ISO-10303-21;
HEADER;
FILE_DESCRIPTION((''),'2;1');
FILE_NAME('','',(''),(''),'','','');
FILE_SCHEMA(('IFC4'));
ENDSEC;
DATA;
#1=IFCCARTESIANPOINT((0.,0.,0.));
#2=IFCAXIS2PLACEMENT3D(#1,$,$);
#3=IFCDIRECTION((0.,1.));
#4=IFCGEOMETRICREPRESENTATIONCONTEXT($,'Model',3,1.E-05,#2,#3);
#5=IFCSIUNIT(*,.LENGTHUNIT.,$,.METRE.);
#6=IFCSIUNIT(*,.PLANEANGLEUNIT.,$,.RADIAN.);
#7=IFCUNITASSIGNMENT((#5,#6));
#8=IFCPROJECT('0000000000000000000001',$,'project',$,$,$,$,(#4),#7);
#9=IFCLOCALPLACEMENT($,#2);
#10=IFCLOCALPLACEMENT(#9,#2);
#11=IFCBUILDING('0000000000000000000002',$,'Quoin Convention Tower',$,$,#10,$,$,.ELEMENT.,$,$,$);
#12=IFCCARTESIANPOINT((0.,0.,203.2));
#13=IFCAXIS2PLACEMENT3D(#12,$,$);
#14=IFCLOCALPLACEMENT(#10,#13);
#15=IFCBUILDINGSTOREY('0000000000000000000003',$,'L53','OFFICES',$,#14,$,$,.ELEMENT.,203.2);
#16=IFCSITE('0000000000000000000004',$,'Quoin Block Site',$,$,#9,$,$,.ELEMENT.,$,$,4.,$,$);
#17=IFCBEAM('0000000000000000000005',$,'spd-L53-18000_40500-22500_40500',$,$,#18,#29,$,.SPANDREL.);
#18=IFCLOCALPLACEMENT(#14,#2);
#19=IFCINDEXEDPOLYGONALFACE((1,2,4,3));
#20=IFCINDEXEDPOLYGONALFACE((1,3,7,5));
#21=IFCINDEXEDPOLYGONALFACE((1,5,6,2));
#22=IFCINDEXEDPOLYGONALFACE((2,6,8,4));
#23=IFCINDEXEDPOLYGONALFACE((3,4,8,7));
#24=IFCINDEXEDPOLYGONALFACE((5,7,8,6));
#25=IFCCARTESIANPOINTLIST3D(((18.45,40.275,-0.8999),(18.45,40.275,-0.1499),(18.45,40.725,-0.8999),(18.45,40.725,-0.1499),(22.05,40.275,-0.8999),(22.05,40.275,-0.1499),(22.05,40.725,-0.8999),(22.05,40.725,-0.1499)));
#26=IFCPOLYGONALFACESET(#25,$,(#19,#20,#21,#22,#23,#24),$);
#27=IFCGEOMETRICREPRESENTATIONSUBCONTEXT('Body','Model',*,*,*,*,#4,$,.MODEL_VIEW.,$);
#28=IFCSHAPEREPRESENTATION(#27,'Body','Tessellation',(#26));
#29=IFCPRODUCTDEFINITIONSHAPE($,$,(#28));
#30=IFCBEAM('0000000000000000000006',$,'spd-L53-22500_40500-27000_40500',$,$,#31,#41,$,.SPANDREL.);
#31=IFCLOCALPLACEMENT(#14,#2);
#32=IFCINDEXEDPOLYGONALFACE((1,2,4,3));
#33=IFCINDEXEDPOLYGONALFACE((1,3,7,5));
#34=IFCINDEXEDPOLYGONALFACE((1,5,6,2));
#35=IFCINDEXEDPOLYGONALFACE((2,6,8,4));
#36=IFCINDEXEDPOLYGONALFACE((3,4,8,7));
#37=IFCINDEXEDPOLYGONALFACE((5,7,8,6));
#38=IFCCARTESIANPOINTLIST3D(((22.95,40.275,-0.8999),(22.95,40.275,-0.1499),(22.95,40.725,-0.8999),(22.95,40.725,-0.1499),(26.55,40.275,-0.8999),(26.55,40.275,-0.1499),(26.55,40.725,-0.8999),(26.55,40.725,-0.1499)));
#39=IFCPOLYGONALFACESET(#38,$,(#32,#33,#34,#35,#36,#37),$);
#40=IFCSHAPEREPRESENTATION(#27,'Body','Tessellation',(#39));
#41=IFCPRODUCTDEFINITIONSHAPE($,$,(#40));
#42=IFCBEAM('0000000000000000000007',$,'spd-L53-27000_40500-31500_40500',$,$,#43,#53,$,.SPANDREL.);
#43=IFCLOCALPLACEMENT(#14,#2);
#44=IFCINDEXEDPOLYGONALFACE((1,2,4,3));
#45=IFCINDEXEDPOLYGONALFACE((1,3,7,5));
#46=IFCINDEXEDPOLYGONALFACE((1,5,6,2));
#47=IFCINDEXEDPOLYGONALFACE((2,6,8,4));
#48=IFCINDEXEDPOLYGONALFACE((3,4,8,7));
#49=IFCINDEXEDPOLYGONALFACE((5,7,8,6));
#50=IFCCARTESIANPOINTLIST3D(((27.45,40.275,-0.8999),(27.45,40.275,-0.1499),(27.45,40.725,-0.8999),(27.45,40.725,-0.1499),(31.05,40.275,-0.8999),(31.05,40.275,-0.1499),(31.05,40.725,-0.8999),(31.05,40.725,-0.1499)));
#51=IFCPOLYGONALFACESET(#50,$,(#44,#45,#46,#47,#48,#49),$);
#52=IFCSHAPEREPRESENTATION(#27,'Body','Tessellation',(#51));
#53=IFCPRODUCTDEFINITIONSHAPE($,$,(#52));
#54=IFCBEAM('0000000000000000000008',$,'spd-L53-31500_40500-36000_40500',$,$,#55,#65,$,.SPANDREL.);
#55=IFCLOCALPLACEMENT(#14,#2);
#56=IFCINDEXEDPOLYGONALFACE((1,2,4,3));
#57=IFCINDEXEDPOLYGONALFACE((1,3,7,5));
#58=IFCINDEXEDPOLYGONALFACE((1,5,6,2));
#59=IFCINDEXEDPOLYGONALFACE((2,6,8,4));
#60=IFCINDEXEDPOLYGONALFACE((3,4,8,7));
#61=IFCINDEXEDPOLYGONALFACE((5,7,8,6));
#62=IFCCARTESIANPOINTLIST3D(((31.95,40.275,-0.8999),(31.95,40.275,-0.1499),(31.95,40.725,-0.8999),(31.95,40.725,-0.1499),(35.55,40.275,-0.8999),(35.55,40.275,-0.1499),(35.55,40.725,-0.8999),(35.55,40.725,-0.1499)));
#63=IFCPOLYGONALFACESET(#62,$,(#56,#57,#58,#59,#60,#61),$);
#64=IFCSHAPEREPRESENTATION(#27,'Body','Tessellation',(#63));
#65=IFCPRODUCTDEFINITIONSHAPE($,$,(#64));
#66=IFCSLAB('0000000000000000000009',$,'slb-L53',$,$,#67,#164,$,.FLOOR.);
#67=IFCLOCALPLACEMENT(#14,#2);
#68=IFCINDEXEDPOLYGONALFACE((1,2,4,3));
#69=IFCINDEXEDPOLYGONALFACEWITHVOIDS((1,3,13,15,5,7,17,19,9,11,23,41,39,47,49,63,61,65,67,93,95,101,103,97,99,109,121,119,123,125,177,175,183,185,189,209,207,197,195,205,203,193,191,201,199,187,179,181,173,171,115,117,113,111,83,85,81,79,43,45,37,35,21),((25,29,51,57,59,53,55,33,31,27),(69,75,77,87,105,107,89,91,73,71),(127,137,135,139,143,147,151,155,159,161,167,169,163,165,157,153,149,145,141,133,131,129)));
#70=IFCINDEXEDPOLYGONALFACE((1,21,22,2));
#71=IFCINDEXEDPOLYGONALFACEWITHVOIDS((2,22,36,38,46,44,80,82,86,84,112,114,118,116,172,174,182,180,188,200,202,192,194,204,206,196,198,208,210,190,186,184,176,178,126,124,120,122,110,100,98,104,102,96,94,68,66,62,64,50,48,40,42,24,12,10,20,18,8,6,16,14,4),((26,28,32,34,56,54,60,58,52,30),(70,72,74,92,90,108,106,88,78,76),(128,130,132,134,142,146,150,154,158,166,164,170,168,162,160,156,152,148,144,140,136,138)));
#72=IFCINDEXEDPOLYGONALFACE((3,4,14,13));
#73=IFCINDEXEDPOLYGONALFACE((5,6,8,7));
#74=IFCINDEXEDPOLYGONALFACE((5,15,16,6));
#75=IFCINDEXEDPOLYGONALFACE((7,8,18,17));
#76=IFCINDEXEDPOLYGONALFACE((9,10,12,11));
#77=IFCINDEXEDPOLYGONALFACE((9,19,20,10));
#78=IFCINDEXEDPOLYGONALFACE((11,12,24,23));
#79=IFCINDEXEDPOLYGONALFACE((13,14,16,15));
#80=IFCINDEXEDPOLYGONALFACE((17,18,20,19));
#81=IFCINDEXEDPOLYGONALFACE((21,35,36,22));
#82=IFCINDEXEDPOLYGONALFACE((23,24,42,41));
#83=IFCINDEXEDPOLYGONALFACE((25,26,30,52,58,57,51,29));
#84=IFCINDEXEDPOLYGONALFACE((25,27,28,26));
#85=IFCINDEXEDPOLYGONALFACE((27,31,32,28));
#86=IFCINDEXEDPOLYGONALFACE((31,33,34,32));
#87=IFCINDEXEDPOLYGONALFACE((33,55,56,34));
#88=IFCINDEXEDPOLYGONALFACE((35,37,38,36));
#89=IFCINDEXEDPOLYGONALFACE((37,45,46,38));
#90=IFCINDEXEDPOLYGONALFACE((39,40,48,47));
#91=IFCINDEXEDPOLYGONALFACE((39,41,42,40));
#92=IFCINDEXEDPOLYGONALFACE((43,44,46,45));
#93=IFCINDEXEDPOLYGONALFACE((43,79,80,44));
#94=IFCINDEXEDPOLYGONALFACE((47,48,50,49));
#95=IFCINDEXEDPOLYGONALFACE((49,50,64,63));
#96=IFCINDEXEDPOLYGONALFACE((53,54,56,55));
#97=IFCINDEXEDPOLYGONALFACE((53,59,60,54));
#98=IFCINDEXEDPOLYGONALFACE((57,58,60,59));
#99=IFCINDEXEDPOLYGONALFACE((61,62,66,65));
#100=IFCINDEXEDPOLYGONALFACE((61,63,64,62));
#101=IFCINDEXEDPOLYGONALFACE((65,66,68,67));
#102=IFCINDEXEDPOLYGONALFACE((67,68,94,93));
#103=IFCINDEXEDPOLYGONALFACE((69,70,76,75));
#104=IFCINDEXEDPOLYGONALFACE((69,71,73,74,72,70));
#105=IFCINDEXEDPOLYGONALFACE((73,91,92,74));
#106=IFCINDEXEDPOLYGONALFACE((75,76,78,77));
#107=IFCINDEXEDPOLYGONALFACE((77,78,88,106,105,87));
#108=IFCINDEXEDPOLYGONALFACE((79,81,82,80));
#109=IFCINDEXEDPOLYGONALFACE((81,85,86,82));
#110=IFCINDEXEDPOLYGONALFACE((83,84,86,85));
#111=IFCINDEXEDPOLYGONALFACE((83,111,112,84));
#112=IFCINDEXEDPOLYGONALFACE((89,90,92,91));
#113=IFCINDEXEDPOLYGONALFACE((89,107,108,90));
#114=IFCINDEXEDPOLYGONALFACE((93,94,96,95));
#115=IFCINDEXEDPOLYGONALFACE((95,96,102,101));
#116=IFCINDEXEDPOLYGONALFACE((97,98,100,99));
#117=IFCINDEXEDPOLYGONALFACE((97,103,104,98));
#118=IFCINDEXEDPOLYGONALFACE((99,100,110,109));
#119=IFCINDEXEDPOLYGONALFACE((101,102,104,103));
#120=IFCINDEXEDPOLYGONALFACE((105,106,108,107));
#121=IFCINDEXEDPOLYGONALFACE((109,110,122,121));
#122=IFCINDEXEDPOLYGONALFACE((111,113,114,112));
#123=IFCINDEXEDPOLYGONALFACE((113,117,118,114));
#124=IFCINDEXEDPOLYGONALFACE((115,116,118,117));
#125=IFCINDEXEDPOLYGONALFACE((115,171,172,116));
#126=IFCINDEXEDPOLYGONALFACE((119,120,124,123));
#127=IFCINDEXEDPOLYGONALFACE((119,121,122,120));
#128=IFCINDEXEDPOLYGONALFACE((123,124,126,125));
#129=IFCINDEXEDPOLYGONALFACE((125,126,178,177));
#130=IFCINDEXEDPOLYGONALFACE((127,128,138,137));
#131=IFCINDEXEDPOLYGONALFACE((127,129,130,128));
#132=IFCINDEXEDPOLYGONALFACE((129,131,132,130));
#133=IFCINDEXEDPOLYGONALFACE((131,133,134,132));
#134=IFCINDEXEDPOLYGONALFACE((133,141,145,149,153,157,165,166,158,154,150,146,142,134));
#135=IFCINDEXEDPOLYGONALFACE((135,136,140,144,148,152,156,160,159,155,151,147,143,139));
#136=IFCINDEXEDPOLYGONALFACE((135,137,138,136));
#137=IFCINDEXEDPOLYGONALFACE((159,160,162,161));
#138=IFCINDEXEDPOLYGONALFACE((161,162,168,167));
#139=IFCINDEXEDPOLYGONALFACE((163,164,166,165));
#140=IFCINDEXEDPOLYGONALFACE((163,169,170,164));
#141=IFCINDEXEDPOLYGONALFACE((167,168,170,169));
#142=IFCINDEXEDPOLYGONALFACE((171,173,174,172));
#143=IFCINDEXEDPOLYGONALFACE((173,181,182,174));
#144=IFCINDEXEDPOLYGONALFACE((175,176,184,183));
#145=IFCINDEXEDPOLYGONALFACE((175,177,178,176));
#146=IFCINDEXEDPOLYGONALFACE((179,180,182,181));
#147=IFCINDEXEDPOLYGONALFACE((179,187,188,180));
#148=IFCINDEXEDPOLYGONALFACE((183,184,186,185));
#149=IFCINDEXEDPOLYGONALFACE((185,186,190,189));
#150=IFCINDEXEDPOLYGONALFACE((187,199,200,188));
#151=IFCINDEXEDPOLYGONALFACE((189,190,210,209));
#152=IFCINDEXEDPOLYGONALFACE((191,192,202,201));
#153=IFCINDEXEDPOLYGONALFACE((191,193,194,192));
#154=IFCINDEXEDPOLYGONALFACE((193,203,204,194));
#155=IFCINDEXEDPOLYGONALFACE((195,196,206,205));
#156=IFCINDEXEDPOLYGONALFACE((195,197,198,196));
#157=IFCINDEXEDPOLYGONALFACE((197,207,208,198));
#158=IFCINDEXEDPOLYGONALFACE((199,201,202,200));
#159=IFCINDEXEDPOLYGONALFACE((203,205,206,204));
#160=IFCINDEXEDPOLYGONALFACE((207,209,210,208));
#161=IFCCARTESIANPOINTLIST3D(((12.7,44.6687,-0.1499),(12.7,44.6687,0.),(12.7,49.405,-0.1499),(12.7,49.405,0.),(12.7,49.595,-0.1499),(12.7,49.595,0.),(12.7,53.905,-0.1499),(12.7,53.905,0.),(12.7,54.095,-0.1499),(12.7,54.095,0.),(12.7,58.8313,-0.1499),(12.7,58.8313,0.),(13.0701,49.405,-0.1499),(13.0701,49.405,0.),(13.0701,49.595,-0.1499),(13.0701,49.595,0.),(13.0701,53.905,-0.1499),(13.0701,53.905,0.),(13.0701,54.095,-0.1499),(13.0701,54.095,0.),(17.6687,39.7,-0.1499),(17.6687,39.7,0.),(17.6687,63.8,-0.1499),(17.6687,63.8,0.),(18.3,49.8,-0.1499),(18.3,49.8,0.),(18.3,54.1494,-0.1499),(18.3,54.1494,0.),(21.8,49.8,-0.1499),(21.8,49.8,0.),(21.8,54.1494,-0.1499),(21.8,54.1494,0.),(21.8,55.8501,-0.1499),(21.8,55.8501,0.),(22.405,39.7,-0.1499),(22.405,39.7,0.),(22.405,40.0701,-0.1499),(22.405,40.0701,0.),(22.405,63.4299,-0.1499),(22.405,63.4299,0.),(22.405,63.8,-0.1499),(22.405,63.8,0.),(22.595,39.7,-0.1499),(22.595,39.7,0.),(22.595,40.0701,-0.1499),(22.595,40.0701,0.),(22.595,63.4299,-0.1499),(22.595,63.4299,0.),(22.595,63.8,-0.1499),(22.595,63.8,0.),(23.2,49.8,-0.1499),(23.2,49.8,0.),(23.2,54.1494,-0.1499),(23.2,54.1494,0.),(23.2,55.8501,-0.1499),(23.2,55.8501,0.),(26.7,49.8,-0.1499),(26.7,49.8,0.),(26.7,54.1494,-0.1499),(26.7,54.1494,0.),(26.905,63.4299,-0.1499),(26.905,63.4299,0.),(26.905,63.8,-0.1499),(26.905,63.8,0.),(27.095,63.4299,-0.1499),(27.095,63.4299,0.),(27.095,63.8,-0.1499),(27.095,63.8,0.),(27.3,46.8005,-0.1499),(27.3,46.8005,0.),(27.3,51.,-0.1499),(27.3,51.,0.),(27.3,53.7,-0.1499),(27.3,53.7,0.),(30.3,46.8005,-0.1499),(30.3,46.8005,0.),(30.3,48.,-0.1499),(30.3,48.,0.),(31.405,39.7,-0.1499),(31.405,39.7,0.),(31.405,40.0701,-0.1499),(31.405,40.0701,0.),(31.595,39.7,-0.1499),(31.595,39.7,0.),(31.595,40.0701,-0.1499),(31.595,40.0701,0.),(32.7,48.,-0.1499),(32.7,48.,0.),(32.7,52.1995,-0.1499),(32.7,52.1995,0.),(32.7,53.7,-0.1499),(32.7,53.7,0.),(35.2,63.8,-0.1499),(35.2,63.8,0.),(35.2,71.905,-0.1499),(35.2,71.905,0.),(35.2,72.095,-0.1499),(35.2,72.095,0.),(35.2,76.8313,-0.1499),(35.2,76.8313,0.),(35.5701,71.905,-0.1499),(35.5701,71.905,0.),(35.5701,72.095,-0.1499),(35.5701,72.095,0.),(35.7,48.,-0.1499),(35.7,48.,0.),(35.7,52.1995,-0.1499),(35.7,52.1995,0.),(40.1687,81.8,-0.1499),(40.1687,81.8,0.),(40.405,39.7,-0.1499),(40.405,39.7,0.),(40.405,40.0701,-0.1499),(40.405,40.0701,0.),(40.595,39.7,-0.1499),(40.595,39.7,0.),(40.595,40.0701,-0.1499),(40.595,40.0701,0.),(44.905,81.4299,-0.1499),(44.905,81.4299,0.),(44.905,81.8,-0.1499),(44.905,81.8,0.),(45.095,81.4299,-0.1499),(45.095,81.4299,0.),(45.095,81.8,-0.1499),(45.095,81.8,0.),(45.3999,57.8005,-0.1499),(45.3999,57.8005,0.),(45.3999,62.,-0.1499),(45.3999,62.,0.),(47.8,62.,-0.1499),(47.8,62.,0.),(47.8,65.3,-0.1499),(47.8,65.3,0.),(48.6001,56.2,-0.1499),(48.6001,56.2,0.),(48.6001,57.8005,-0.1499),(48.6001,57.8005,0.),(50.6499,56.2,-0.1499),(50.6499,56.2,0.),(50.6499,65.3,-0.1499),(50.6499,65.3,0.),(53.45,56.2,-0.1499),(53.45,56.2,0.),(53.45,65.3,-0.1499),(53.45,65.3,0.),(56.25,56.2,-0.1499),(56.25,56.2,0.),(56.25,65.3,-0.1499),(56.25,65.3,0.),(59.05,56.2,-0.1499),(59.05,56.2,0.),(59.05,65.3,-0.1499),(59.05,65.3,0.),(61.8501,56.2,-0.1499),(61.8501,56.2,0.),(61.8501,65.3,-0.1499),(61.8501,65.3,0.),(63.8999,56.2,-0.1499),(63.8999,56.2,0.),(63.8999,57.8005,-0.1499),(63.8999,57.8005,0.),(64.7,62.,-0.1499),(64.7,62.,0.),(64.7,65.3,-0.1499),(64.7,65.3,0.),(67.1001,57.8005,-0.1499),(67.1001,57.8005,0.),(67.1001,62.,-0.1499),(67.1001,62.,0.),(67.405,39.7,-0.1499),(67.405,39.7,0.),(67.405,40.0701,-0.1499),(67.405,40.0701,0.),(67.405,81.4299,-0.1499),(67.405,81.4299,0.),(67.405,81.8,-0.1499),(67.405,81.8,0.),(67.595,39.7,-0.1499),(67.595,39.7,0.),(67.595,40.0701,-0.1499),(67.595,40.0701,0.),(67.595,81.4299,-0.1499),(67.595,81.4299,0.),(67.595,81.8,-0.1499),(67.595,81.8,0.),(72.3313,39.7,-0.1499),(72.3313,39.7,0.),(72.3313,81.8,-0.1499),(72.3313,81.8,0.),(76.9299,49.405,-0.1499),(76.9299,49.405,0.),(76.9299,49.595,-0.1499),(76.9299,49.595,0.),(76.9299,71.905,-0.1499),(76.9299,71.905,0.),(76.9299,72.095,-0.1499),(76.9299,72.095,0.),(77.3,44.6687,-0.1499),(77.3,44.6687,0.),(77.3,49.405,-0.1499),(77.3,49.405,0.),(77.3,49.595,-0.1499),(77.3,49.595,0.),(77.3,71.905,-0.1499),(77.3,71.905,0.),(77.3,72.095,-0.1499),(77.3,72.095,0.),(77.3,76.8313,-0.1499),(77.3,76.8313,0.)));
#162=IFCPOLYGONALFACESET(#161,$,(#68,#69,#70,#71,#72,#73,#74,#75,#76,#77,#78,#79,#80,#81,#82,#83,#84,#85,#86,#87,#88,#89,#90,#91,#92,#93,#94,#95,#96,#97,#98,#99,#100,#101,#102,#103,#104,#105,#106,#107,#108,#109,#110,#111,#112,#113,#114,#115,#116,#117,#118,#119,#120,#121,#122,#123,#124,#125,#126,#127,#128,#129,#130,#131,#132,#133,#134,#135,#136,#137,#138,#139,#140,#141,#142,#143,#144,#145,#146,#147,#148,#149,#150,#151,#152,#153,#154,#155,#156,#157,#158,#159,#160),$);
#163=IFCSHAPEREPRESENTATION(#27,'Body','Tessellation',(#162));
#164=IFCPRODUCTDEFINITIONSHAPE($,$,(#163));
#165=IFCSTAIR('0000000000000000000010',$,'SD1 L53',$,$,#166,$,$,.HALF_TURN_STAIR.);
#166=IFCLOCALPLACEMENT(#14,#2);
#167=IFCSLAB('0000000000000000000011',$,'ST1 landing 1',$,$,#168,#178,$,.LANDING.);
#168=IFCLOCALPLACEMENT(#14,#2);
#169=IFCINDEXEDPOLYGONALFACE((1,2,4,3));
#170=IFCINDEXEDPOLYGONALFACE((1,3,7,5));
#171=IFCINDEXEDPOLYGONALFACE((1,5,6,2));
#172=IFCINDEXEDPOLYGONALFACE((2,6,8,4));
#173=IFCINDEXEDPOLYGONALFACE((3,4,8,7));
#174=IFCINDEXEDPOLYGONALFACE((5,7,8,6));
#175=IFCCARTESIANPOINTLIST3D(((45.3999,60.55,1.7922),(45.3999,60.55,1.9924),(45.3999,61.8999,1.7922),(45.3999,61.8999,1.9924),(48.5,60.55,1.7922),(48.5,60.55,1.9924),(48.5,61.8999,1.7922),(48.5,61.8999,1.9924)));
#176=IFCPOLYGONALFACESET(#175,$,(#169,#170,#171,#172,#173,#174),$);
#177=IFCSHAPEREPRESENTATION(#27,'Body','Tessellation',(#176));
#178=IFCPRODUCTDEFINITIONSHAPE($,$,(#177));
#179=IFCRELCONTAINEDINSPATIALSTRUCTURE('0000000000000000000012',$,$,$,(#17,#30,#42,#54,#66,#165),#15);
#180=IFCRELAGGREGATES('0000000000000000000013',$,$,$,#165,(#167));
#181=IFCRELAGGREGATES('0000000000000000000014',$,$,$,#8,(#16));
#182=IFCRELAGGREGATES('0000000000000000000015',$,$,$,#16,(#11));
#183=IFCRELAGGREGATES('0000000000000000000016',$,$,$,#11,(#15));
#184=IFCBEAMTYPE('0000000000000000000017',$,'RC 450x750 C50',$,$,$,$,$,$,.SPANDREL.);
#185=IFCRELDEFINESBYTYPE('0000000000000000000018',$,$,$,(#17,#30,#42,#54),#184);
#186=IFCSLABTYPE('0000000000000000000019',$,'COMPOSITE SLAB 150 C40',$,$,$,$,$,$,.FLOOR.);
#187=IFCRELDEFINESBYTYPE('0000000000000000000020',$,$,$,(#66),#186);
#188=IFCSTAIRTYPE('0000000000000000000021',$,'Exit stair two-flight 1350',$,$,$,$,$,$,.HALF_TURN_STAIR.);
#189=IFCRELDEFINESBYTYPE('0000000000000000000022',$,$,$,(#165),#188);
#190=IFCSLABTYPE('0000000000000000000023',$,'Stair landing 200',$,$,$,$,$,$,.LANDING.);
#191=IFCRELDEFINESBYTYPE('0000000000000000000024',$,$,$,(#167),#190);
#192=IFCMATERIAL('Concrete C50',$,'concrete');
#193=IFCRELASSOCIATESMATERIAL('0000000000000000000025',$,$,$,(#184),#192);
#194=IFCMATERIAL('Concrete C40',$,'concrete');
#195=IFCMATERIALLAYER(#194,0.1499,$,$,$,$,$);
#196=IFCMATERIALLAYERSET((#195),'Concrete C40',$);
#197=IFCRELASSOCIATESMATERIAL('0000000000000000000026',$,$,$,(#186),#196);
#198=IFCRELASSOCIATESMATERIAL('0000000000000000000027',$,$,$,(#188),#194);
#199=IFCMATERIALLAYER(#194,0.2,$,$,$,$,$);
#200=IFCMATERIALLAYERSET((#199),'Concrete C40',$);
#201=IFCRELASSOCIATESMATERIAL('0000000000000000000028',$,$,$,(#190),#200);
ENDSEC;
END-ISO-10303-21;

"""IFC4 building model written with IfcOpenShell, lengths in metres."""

from ifc_helpers import new_model, si_unit, direction, frame, origin, origin_2d, place, context, subcontext, project, spatial, polyline, rectangle, outline, extrude, material, layer, layer_set, material_profile, profile_set, type_object, element, aggregate, save


model = new_model("IFC4")

# Units and contexts
model_context = context("Model", 3, precision=1e-05, world=origin(), true_north=direction((0.0, 1.0)))
body_context = subcontext(model_context, "Body", "Model", "MODEL_VIEW")
ifc_project = project(units=[si_unit("LENGTHUNIT", "METRE"), si_unit("PLANEANGLEUNIT", "RADIAN")], contexts=[model_context])

# Site, building, storey
site_placement = place(None, origin())
site = spatial("IfcSite", under=ifc_project, at=site_placement, Name="Quoin Block Site", CompositionType="ELEMENT", RefElevation=4.0)
building_placement = place(site_placement, origin())
building = spatial("IfcBuilding", under=site, at=building_placement, Name="Quoin Convention Tower", CompositionType="ELEMENT")
storey_placement = place(building_placement, frame((0.0, 0.0, 203.2)))
storey = spatial("IfcBuildingStorey", under=building, at=storey_placement, Name="L53", Description="OFFICES", CompositionType="ELEMENT", Elevation=203.2)

# Shared definitions
ifc_material_1 = material(Name="Concrete C50", Category="concrete")

# Beams
ifc_material_profile_1 = material_profile(ifc_material_1, rectangle(XDim=0.45, YDim=0.75, at=origin_2d()), Name="RC 450x750")
ifc_profile_set_1 = profile_set([ifc_material_profile_1], Name="Concrete C50")
beam_type = type_object("IfcBeamType", Name="RC 450x750 C50", PredefinedType="SPANDREL", material=ifc_profile_set_1)
for number, where, z_axis, x_axis, name in (
    (1, (18.45, 40.5, -0.5249), (1.0, 0.0, 0.0), (0.0, 1.0, 0.0), "spd-L53-18000_40500-22500_40500"),
    (2, (22.95, 40.5, -0.5249), (1.0, 0.0, 0.0), (0.0, 1.0, 0.0), "spd-L53-22500_40500-27000_40500"),
    (3, (27.45, 40.5, -0.5249), (1.0, 0.0, 0.0), (0.0, 1.0, 0.0), "spd-L53-27000_40500-31500_40500"),
    (4, (31.95, 40.5, -0.5249), (1.0, 0.0, 0.0), (0.0, 1.0, 0.0), "spd-L53-31500_40500-36000_40500"),
):
    element("IfcBeam", number, at=place(storey_placement, frame(where, z_axis=z_axis, x_axis=x_axis)), inside=storey, type_object=beam_type, Name=name, PredefinedType="SPANDREL", context=body_context, shape_type="SweptSolid", body=[
        extrude(rectangle(XDim=0.45, YDim=0.75, at=origin_2d()), origin(), (0.0, 0.0, 1.0), 3.6001),
    ])

# Slab
ifc_material_2 = material(Name="Concrete C40", Category="concrete")
ifc_layer_1 = layer(ifc_material_2, 0.1499)
ifc_layer_set_1 = layer_set([ifc_layer_1], Name="Concrete C40")
slab_type_1 = type_object("IfcSlabType", Name="COMPOSITE SLAB 150 C40", PredefinedType="FLOOR", material=ifc_layer_set_1)
slab_1_placement = place(storey_placement, frame((0.0, 0.0, -0.1499)))
element("IfcSlab", 5, at=slab_1_placement, inside=storey, type_object=slab_type_1, Name="slb-L53", PredefinedType="FLOOR", context=body_context, shape_type="SweptSolid", body=[
    extrude(outline(polyline([(12.7, 44.6687), (12.7, 49.405), (13.0701, 49.405), (13.0701, 49.595), (12.7, 49.595), (12.7, 53.905), (13.0701, 53.905), (13.0701, 54.095), (12.7, 54.095), (12.7, 58.8313), (17.6687, 63.8), (22.405, 63.8), (22.405, 63.4299), (22.595, 63.4299), (22.595, 63.8), (26.905, 63.8), (26.905, 63.4299), (27.095, 63.4299), (27.095, 63.8), (35.2, 63.8), (35.2, 71.905), (35.5701, 71.905), (35.5701, 72.095), (35.2, 72.095), (35.2, 76.8313), (40.1687, 81.8), (44.905, 81.8), (44.905, 81.4299), (45.095, 81.4299), (45.095, 81.8), (67.405, 81.8), (67.405, 81.4299), (67.595, 81.4299), (67.595, 81.8), (72.3313, 81.8), (77.3, 76.8313), (77.3, 72.095), (76.9299, 72.095), (76.9299, 71.905), (77.3, 71.905), (77.3, 49.595), (76.9299, 49.595), (76.9299, 49.405), (77.3, 49.405), (77.3, 44.6687), (72.3313, 39.7), (67.595, 39.7), (67.595, 40.0701), (67.405, 40.0701), (67.405, 39.7), (40.595, 39.7), (40.595, 40.0701), (40.405, 40.0701), (40.405, 39.7), (31.595, 39.7), (31.595, 40.0701), (31.405, 40.0701), (31.405, 39.7), (22.595, 39.7), (22.595, 40.0701), (22.405, 40.0701), (22.405, 39.7), (17.6687, 39.7), (12.7, 44.6687)]), holes=[polyline([(27.3, 46.8005), (30.3, 46.8005), (30.3, 48.0), (32.7, 48.0), (35.7, 48.0), (35.7, 52.1995), (32.7, 52.1995), (32.7, 53.7), (27.3, 53.7), (27.3, 51.0), (27.3, 46.8005)]), polyline([(21.8, 49.8), (23.2, 49.8), (26.7, 49.8), (26.7, 54.1494), (23.2, 54.1494), (23.2, 55.8501), (21.8, 55.8501), (21.8, 54.1494), (18.3, 54.1494), (18.3, 49.8), (21.8, 49.8)]), polyline([(50.6499, 56.2), (53.45, 56.2), (56.25, 56.2), (59.05, 56.2), (61.8501, 56.2), (63.8999, 56.2), (63.8999, 57.8005), (67.1001, 57.8005), (67.1001, 62.0), (64.7, 62.0), (64.7, 65.3), (61.8501, 65.3), (59.05, 65.3), (56.25, 65.3), (53.45, 65.3), (50.6499, 65.3), (47.8, 65.3), (47.8, 62.0), (45.3999, 62.0), (45.3999, 57.8005), (48.6001, 57.8005), (48.6001, 56.2), (50.6499, 56.2)])]), origin(), (0.0, 0.0, 1.0), 0.1499),
])

# Stair, slab
stair_type_1 = type_object("IfcStairType", Name="Exit stair two-flight 1350", PredefinedType="HALF_TURN_STAIR", material=ifc_material_2)
stair_1_placement = place(storey_placement, origin())
stair_1 = element("IfcStair", 6, at=stair_1_placement, inside=storey, type_object=stair_type_1, Name="SD1 L53", PredefinedType="HALF_TURN_STAIR")
ifc_layer_2 = layer(ifc_material_2, 0.2)
ifc_layer_set_2 = layer_set([ifc_layer_2], Name="Concrete C40")
slab_type_2 = type_object("IfcSlabType", Name="Stair landing 200", PredefinedType="LANDING", material=ifc_layer_set_2)
slab_2_placement = place(storey_placement, frame((0.0, 0.0, 1.7922)))
slab_2 = element("IfcSlab", 7, at=slab_2_placement, type_object=slab_type_2, Name="ST1 landing 1", PredefinedType="LANDING", context=body_context, shape_type="SweptSolid", body=[
    extrude(outline(polyline([(45.3999, 60.55), (48.5, 60.55), (48.5, 61.8999), (45.3999, 61.8999), (45.3999, 60.55)])), origin(), (0.0, 0.0, 1.0), 0.2002),
])
aggregate(stair_1, [slab_2])

save(model, "model.ifc")
